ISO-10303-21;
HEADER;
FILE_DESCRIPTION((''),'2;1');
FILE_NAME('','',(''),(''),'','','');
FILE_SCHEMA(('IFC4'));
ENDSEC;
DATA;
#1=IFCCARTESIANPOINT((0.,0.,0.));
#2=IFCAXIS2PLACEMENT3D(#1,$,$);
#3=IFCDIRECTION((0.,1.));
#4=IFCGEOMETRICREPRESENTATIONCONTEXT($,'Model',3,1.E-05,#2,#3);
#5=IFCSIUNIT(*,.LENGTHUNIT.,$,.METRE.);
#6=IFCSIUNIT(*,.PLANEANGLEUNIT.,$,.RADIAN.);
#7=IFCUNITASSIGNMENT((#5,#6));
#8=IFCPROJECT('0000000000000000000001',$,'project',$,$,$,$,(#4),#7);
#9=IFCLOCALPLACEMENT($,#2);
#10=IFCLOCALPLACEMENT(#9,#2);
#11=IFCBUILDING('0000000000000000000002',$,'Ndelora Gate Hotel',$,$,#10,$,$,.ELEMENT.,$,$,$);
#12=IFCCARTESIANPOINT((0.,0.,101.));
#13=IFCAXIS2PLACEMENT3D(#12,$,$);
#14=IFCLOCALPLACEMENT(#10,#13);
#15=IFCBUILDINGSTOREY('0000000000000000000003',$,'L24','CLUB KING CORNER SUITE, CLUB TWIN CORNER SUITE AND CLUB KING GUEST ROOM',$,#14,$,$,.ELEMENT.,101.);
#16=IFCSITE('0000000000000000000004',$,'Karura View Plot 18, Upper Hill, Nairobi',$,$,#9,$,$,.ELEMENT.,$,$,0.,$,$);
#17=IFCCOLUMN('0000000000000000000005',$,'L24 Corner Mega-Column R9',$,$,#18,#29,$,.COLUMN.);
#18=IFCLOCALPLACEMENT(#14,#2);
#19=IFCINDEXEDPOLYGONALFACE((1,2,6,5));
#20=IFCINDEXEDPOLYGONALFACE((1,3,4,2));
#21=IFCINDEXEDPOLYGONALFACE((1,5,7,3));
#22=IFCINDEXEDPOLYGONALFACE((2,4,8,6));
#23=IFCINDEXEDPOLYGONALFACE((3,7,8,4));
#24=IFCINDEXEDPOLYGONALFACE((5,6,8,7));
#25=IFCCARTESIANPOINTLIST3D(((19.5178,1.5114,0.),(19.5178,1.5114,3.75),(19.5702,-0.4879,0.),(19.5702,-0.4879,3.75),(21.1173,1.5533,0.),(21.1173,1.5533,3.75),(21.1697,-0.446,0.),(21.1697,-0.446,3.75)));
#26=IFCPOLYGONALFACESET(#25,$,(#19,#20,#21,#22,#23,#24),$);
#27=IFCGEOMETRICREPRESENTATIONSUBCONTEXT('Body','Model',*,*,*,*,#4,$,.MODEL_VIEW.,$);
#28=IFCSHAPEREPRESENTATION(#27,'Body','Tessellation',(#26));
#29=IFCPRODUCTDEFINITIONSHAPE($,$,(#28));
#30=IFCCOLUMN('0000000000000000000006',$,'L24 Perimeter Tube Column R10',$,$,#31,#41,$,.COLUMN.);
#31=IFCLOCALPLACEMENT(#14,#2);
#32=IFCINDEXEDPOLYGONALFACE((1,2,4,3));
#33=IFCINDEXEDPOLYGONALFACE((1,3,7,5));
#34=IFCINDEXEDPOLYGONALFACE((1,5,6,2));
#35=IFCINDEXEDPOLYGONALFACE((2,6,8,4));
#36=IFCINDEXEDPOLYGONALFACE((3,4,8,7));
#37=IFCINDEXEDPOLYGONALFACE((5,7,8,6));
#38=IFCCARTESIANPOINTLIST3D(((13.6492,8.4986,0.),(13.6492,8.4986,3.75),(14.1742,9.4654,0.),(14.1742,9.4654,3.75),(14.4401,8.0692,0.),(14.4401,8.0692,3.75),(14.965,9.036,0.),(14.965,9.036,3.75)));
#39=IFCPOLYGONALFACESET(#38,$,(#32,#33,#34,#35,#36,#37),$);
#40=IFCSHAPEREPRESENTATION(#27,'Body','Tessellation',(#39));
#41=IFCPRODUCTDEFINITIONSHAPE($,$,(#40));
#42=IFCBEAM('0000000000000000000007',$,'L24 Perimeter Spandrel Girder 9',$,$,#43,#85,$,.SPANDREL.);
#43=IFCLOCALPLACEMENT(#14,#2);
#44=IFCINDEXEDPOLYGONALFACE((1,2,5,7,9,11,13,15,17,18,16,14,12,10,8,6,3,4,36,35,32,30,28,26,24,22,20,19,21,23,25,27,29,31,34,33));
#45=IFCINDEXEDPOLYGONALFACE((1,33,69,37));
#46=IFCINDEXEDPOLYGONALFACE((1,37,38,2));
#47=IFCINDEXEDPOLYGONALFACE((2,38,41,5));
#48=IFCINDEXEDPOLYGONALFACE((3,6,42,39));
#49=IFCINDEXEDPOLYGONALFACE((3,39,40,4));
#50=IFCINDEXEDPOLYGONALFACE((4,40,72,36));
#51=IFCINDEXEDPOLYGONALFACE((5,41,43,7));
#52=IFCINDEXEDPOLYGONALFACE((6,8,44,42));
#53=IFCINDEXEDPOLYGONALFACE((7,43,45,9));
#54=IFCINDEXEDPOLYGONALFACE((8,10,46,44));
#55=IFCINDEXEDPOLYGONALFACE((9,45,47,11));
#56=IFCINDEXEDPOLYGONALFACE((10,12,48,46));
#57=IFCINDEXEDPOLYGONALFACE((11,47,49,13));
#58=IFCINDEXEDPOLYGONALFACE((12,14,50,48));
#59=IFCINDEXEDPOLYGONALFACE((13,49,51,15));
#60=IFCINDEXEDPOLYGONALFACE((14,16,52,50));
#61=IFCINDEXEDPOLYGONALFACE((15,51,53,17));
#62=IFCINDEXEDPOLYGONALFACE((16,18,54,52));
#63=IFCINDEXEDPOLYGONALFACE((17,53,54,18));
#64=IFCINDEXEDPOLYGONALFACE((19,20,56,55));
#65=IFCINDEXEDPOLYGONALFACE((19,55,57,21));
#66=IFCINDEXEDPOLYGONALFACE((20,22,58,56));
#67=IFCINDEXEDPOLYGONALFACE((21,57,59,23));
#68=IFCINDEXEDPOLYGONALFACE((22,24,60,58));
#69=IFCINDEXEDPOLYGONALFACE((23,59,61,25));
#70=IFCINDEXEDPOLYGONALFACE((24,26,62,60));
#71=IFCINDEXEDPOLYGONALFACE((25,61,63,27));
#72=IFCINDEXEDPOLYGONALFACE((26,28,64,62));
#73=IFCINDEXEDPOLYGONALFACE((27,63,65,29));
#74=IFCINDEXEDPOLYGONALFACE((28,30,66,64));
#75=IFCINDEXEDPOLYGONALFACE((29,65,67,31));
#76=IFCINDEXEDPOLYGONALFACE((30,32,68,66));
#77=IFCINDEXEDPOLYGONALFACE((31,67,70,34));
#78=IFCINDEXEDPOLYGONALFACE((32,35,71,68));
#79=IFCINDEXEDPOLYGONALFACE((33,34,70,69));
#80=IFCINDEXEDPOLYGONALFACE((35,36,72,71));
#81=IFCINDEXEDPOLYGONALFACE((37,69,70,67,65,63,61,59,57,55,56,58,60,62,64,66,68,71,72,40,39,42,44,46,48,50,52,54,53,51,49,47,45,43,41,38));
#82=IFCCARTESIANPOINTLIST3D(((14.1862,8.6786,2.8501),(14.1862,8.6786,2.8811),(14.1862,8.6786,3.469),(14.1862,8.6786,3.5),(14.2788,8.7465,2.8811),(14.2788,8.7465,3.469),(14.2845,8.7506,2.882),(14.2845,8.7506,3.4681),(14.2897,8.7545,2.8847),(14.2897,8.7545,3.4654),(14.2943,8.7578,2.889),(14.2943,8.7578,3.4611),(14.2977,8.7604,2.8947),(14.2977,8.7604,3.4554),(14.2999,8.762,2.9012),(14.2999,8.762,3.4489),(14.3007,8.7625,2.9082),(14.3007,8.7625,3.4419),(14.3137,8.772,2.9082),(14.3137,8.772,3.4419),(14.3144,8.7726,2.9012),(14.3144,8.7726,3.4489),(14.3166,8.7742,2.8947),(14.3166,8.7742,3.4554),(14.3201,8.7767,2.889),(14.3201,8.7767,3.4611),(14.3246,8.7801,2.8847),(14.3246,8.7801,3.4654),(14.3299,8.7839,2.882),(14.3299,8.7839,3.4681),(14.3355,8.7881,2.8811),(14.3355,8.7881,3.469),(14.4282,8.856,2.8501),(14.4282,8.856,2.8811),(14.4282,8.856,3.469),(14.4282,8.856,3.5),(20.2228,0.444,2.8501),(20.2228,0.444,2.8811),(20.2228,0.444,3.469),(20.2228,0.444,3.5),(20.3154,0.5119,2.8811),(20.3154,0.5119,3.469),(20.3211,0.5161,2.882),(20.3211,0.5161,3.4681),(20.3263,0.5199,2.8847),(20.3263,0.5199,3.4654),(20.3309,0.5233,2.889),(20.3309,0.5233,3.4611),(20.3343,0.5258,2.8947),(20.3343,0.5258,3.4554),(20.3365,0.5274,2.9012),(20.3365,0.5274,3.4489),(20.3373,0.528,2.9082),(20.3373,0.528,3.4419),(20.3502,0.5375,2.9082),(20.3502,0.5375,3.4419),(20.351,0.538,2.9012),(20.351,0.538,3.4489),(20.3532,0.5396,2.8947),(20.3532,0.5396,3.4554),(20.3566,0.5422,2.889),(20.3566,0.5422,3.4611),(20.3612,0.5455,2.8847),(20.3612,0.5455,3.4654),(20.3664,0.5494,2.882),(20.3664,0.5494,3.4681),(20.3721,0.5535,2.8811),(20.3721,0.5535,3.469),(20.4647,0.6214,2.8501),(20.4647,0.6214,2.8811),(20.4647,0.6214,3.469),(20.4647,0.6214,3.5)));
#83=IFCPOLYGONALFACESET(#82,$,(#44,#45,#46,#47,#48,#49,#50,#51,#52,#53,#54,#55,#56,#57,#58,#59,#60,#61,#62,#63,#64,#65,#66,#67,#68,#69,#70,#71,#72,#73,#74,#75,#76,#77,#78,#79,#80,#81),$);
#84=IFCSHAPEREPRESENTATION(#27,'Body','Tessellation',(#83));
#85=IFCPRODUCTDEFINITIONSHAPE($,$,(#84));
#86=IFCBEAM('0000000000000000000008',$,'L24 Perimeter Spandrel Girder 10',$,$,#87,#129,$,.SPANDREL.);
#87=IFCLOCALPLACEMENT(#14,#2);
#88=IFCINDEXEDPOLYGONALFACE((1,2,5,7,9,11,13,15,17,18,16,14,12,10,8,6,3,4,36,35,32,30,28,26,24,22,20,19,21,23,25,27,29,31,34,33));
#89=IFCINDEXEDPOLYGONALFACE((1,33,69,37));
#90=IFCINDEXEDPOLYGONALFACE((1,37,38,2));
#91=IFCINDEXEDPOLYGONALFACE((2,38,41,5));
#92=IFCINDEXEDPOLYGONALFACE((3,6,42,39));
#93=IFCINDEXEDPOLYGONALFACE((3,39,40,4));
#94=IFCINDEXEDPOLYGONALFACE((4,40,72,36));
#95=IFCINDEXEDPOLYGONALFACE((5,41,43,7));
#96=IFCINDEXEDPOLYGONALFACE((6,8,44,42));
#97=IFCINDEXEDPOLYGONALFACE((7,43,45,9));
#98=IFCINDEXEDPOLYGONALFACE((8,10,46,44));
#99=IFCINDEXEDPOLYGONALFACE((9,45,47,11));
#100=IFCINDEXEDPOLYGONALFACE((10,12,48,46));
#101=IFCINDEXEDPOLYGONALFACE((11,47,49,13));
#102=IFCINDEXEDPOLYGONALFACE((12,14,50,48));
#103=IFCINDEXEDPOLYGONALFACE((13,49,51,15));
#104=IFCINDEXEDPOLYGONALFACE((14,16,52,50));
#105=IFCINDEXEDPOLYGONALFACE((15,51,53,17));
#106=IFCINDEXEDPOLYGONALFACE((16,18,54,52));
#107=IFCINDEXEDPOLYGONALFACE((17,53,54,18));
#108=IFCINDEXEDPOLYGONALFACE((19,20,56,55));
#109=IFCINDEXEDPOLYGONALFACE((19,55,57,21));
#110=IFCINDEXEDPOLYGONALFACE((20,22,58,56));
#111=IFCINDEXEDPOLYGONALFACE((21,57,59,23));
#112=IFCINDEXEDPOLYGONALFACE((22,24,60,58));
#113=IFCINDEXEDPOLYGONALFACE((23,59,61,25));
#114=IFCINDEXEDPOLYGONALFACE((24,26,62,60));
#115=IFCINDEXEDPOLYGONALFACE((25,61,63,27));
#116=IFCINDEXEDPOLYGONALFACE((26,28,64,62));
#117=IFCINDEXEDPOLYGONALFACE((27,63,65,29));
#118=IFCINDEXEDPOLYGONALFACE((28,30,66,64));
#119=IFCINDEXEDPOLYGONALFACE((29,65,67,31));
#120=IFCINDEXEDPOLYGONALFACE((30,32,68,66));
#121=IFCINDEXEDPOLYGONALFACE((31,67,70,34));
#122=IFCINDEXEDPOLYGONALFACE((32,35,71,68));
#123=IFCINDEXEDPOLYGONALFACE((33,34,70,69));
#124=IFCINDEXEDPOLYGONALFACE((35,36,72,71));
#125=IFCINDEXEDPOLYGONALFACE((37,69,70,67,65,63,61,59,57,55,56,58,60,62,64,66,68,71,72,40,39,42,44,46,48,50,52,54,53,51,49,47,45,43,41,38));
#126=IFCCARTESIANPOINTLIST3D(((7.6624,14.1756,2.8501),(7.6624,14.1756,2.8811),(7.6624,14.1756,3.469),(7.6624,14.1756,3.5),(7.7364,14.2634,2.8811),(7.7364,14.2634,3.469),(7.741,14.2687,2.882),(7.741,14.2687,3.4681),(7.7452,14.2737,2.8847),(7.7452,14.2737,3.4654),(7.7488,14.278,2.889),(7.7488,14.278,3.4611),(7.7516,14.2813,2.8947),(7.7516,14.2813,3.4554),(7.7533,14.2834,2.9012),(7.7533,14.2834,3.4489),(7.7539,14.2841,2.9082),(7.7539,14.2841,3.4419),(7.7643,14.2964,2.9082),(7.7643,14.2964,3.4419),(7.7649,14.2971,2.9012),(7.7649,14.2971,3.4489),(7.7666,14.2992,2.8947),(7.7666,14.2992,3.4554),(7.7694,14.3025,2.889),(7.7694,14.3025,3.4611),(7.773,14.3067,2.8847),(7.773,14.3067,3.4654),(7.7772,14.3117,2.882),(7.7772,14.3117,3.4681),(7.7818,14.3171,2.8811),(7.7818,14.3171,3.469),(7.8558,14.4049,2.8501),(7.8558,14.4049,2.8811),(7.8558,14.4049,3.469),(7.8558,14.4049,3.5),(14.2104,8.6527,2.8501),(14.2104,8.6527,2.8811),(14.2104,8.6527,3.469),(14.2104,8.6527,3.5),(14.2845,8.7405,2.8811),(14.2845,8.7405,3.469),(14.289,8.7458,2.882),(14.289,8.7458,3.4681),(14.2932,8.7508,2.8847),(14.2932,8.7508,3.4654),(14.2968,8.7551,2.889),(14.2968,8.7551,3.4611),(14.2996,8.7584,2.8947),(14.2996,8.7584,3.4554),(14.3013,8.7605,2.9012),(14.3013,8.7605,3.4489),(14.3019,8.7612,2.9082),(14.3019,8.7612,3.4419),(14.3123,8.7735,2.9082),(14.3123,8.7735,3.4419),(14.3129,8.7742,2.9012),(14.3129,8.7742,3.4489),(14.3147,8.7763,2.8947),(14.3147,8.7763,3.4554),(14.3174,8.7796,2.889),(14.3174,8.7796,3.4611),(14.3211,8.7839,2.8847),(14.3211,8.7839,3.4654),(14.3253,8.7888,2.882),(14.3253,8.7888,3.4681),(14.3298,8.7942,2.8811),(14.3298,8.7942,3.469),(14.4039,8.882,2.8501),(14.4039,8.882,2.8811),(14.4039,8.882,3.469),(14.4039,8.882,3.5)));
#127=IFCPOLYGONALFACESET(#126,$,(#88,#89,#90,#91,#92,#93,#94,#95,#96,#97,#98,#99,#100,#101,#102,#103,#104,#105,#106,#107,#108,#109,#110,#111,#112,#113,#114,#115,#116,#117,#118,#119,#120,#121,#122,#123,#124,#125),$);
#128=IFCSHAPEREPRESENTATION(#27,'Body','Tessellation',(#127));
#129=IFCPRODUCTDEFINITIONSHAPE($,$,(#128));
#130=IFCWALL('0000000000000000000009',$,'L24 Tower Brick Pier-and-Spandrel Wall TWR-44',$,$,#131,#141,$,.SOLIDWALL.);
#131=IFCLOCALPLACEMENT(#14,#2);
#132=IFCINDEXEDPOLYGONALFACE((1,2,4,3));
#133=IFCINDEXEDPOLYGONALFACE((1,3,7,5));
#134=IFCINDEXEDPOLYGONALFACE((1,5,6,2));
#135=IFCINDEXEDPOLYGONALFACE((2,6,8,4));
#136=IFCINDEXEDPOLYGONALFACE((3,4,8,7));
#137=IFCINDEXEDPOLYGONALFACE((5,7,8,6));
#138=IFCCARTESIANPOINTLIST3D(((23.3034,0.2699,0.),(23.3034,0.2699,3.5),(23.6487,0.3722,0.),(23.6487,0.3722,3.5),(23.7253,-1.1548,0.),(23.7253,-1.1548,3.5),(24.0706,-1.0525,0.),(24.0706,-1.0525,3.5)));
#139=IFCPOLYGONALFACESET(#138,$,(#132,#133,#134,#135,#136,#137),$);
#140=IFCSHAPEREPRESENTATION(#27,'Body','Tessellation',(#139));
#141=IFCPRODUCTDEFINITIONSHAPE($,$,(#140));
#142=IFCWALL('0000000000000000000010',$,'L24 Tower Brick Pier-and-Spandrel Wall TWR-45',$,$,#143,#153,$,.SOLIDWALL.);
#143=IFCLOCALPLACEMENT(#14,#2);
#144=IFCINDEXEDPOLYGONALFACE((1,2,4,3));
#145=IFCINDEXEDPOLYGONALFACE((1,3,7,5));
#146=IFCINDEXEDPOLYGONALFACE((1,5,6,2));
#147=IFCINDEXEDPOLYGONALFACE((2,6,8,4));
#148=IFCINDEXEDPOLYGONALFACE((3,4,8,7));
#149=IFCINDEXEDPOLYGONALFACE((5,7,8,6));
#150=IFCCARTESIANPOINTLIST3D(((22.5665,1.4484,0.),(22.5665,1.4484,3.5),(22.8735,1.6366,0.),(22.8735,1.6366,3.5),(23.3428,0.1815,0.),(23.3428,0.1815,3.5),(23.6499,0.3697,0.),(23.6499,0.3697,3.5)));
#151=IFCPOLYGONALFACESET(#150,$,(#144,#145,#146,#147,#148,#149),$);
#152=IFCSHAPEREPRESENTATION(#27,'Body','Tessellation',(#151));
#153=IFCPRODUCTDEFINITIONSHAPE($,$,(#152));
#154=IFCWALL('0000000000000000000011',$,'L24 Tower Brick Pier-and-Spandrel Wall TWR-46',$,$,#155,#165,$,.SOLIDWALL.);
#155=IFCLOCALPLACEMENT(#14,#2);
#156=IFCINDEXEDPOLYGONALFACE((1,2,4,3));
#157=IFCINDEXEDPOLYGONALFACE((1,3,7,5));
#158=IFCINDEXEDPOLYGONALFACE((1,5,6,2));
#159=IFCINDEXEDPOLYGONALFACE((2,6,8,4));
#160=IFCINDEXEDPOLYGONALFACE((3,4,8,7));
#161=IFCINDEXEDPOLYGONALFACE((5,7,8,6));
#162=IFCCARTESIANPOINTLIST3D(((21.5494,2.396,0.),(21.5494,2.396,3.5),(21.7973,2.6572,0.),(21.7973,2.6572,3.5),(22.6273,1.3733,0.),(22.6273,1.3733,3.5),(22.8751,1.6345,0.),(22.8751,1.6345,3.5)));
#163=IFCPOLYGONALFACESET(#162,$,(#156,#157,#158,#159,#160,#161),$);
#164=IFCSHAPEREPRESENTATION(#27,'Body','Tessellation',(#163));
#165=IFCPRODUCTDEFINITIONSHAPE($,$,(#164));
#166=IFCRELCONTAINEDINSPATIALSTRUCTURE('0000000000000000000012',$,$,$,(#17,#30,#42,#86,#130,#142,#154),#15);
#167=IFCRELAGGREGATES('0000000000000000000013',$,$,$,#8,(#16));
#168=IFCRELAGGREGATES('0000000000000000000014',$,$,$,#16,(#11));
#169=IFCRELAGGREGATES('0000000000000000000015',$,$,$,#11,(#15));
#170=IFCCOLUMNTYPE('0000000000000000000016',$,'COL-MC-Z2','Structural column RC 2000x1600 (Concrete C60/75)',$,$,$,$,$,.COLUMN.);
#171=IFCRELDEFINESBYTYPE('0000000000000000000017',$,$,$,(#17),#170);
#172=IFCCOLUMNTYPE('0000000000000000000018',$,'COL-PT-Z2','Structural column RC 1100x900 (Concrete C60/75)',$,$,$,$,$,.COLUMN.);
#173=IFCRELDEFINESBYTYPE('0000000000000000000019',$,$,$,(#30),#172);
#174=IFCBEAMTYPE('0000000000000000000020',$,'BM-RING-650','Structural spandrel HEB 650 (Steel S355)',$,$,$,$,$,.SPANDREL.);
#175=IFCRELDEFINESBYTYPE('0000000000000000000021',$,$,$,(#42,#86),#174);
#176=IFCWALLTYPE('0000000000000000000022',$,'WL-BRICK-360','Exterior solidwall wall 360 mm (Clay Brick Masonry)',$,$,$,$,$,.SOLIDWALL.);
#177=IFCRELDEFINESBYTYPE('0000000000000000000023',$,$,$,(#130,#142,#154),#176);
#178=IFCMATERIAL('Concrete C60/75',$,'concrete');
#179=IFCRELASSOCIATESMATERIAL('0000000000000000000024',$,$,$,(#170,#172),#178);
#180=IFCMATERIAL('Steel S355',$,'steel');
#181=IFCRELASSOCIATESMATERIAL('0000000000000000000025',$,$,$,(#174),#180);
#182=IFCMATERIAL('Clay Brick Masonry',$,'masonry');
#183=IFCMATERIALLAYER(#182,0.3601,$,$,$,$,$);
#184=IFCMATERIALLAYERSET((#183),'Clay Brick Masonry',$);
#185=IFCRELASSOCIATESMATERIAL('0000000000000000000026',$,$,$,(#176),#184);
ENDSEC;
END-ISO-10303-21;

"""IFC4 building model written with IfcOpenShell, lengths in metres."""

from ifc_helpers import new_model, si_unit, direction, frame, frame_2d, origin, origin_2d, place, context, subcontext, project, spatial, rectangle, i_section, extrude, material, layer, layer_set, material_profile, profile_set, type_object, element, save


model = new_model("IFC4")

# Units and contexts
model_context = context("Model", 3, precision=1e-05, world=origin(), true_north=direction((0.0, 1.0)))
body_context = subcontext(model_context, "Body", "Model", "MODEL_VIEW")
ifc_project = project(units=[si_unit("LENGTHUNIT", "METRE"), si_unit("PLANEANGLEUNIT", "RADIAN")], contexts=[model_context])

# Site, building, storey
site_placement = place(None, origin())
site = spatial("IfcSite", under=ifc_project, at=site_placement, Name="Karura View Plot 18, Upper Hill, Nairobi", CompositionType="ELEMENT", RefElevation=0.0)
building_placement = place(site_placement, origin())
building = spatial("IfcBuilding", under=site, at=building_placement, Name="Ndelora Gate Hotel", CompositionType="ELEMENT")
storey_placement = place(building_placement, frame((0.0, 0.0, 101.0)))
storey = spatial("IfcBuildingStorey", under=building, at=storey_placement, Name="L24", Description="CLUB KING CORNER SUITE, CLUB TWIN CORNER SUITE AND CLUB KING GUEST ROOM", CompositionType="ELEMENT", Elevation=101.0)

# Columns
ifc_material_1 = material(Name="Concrete C60/75", Category="concrete")
ifc_material_profile_1 = material_profile(ifc_material_1, rectangle(XDim=1.6001, YDim=2.0, at=origin_2d()), Name="RC 2000x1600")
ifc_profile_set_1 = profile_set([ifc_material_profile_1], Name="Concrete C60/75")
column_type_1 = type_object("IfcColumnType", Name="COL-MC-Z2", Description="Structural column RC 2000x1600 (Concrete C60/75)", PredefinedType="COLUMN", material=ifc_profile_set_1)
column_1_placement = place(storey_placement, frame((20.3438, 0.5327, 0.0), z_axis=(0.0, 0.0, 1.0), x_axis=(0.999657, 0.026177, 0.0)))
element("IfcColumn", 1, at=column_1_placement, inside=storey, type_object=column_type_1, Name="L24 Corner Mega-Column R9", PredefinedType="COLUMN", context=body_context, shape_type="SweptSolid", body=[
    extrude(rectangle(XDim=1.6001, YDim=2.0, at=origin_2d()), origin(), (0.0, 0.0, 1.0), 3.75),
])
ifc_material_profile_2 = material_profile(ifc_material_1, rectangle(XDim=0.8999, YDim=1.1001, at=origin_2d()), Name="RC 1100x900")
ifc_profile_set_2 = profile_set([ifc_material_profile_2], Name="Concrete C60/75")
column_type_2 = type_object("IfcColumnType", Name="COL-PT-Z2", Description="Structural column RC 1100x900 (Concrete C60/75)", PredefinedType="COLUMN", material=ifc_profile_set_2)
column_2_placement = place(storey_placement, frame((14.3071, 8.7673, 0.0), z_axis=(0.0, 0.0, 1.0), x_axis=(-0.878817, 0.477159, 0.0)))
element("IfcColumn", 2, at=column_2_placement, inside=storey, type_object=column_type_2, Name="L24 Perimeter Tube Column R10", PredefinedType="COLUMN", context=body_context, shape_type="SweptSolid", body=[
    extrude(rectangle(XDim=0.8999, YDim=1.1001, at=origin_2d()), origin(), (0.0, 0.0, 1.0), 3.75),
])

# Beams
ifc_material_2 = material(Name="Steel S355", Category="steel")
ifc_material_profile_3 = material_profile(ifc_material_2, i_section(OverallWidth=0.3, OverallDepth=0.6499, WebThickness=0.0161, FlangeThickness=0.031, FilletRadius=0.0271, at=origin_2d()), Name="HEB 650")
ifc_profile_set_3 = profile_set([ifc_material_profile_3], Name="Steel S355")
beam_type = type_object("IfcBeamType", Name="BM-RING-650", Description="Structural spandrel HEB 650 (Steel S355)", PredefinedType="SPANDREL", material=ifc_profile_set_3)
beam_1_placement = place(storey_placement, frame((20.3438, 0.5327, 3.175), z_axis=(-0.59123, 0.806503, 0.0), x_axis=(-0.806503, -0.59123, 0.0)))
element("IfcBeam", 3, at=beam_1_placement, inside=storey, type_object=beam_type, Name="L24 Perimeter Spandrel Girder 9", PredefinedType="SPANDREL", context=body_context, shape_type="SweptSolid", body=[
    extrude(i_section(OverallWidth=0.3, OverallDepth=0.6499, WebThickness=0.0161, FlangeThickness=0.031, FilletRadius=0.0271, at=origin_2d()), origin(), (0.0, 0.0, 1.0), 10.2102),
])
beam_2_placement = place(storey_placement, frame((14.3071, 8.7673, 3.175), z_axis=(-0.764407, 0.644734, 0.0), x_axis=(-0.644734, -0.764407, 0.0)))
element("IfcBeam", 4, at=beam_2_placement, inside=storey, type_object=beam_type, Name="L24 Perimeter Spandrel Girder 10", PredefinedType="SPANDREL", context=body_context, shape_type="SweptSolid", body=[
    extrude(i_section(OverallWidth=0.3, OverallDepth=0.6499, WebThickness=0.0161, FlangeThickness=0.031, FilletRadius=0.0271, at=origin_2d()), origin(), (0.0, 0.0, 1.0), 8.5662),
])

# Walls
ifc_material_3 = material(Name="Clay Brick Masonry", Category="masonry")
ifc_layer_1 = layer(ifc_material_3, 0.3601)
ifc_layer_set_1 = layer_set([ifc_layer_1], Name="Clay Brick Masonry")
wall_type_1 = type_object("IfcWallType", Name="WL-BRICK-360", Description="Exterior solidwall wall 360 mm (Clay Brick Masonry)", PredefinedType="SOLIDWALL", material=ifc_layer_set_1)
for number, where, z_axis, x_axis, name in (
    (5, (23.4761, 0.321, 0.0), (0.0, 0.0, 1.0), (0.283909, -0.958851, 0.0), "L24 Tower Brick Pier-and-Spandrel Wall TWR-44"),
    (6, (22.72, 1.5425, 0.0), (0.0, 0.0, 1.0), (0.52252, -0.852627, 0.0), "L24 Tower Brick Pier-and-Spandrel Wall TWR-45"),
    (7, (21.6733, 2.5266, 0.0), (0.0, 0.0, 1.0), (0.72543, -0.688296, 0.0), "L24 Tower Brick Pier-and-Spandrel Wall TWR-46"),
):
    element("IfcWall", number, at=place(storey_placement, frame(where, z_axis=z_axis, x_axis=x_axis)), inside=storey, type_object=wall_type_1, Name=name, PredefinedType="SOLIDWALL", context=body_context, shape_type="SweptSolid", body=[
        extrude(rectangle(XDim=1.4858, YDim=0.3601, at=frame_2d((0.7429, 0.0))), origin(), (0.0, 0.0, 1.0), 3.5),
    ])

save(model, "model.ifc")
